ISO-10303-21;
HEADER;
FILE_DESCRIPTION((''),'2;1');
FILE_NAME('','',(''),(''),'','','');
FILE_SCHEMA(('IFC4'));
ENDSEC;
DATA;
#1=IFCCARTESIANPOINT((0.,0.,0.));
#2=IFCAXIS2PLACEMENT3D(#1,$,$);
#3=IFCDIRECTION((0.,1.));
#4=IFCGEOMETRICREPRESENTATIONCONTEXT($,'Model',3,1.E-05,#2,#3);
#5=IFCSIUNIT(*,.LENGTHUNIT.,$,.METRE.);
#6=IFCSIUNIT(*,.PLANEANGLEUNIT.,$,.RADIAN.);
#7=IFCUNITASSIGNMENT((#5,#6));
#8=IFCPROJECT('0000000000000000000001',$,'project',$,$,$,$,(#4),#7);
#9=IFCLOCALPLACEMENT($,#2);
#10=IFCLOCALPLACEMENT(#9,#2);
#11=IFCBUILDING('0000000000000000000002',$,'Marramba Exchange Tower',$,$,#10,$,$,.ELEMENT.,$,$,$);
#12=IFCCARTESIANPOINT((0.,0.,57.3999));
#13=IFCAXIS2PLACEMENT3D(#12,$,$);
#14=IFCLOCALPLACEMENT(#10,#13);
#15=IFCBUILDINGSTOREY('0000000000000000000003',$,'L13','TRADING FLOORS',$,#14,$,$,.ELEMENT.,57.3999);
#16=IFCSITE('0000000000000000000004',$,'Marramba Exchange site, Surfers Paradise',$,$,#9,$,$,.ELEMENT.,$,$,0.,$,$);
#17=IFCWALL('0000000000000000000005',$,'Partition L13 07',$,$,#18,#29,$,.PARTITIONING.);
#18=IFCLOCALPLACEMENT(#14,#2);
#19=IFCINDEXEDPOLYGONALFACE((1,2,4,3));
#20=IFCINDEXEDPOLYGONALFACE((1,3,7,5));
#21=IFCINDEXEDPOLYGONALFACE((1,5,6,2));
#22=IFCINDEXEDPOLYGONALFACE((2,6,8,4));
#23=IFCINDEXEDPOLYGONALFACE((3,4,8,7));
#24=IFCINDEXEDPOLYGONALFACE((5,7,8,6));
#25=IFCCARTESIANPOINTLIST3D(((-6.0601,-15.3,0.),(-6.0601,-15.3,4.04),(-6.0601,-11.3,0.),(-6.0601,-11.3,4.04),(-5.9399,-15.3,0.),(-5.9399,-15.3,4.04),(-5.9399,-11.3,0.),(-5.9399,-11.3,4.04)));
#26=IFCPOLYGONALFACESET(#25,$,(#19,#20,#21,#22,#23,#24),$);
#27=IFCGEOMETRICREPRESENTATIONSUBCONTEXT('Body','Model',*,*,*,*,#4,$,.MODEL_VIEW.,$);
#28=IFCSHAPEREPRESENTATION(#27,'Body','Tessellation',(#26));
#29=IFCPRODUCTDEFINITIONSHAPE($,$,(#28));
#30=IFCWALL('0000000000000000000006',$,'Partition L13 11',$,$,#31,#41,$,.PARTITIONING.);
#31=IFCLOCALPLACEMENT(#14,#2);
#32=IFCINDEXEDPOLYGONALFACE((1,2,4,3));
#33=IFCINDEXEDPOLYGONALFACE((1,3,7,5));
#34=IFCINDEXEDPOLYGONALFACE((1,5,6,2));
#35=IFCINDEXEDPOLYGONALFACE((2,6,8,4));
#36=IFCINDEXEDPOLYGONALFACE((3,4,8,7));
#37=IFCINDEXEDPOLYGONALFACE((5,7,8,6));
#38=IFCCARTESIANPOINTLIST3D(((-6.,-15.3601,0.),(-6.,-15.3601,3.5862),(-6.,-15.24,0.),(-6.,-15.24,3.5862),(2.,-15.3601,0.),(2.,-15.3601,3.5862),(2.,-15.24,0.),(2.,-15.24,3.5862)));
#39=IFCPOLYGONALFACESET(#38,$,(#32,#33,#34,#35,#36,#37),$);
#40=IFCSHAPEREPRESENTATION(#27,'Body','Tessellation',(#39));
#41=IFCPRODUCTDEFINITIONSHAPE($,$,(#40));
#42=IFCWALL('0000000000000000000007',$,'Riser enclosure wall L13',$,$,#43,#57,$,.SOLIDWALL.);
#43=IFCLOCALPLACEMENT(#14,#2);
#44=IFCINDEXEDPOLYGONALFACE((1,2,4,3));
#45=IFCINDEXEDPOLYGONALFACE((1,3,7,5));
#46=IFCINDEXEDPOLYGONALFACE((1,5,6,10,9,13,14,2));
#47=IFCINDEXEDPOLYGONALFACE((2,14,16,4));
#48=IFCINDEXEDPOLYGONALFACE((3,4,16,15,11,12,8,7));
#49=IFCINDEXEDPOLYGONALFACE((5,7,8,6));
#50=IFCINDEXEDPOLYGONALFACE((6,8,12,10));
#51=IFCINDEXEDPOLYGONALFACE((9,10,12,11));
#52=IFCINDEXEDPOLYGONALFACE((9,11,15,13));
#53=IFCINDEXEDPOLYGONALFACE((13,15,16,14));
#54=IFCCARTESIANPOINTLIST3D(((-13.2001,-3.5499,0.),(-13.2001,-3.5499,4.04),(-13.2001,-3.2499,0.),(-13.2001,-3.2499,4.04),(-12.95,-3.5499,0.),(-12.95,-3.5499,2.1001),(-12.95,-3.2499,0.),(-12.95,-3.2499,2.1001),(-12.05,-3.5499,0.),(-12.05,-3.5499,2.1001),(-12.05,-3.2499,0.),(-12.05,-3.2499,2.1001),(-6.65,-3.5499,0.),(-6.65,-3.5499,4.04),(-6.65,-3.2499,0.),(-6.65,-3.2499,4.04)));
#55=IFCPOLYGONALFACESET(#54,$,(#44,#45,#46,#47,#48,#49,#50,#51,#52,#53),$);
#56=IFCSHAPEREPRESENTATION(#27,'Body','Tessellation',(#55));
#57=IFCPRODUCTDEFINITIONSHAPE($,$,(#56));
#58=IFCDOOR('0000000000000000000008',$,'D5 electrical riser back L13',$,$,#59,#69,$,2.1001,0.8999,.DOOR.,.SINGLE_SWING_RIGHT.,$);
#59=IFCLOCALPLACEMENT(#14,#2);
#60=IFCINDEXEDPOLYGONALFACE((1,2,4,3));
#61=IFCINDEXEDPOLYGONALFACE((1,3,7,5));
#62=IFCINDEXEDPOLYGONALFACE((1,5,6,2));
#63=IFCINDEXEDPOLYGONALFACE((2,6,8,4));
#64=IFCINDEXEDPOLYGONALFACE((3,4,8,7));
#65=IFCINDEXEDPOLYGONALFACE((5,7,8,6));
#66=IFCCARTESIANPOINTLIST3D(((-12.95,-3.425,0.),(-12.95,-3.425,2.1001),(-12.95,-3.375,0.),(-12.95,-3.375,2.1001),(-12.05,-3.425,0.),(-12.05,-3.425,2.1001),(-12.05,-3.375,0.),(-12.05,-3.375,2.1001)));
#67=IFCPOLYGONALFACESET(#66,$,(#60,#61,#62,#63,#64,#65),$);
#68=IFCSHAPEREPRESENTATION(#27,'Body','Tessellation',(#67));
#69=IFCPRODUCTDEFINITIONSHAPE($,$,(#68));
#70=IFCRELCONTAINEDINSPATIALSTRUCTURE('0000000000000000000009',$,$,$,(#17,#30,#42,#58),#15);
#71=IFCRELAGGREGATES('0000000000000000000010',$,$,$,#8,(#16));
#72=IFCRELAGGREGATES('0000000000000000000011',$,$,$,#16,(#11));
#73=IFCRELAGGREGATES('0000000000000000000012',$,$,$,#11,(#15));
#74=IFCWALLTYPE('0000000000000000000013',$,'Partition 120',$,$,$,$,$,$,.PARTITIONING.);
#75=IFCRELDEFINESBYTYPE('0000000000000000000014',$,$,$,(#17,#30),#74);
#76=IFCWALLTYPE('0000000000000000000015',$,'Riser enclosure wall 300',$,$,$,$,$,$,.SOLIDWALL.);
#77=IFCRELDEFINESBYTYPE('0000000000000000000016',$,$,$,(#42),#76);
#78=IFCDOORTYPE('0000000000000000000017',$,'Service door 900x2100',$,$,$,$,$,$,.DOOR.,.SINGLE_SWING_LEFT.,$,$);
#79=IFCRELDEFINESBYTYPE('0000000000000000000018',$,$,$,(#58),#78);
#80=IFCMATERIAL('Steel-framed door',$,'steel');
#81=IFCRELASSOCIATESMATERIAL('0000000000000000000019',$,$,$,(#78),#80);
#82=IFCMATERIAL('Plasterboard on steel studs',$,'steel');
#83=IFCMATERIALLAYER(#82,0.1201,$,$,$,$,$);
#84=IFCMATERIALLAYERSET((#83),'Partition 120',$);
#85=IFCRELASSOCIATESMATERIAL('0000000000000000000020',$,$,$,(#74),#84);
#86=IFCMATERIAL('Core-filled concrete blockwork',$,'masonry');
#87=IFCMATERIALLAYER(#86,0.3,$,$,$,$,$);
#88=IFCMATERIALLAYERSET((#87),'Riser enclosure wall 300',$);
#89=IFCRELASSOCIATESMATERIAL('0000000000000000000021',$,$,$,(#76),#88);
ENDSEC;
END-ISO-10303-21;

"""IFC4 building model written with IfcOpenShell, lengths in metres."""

from ifc_helpers import new_model, si_unit, direction, frame, frame_2d, origin, place, context, subcontext, project, spatial, rectangle, extrude, material, layer, layer_set, type_object, element, fill, save


model = new_model("IFC4")

# Units and contexts
model_context = context("Model", 3, precision=1e-05, world=origin(), true_north=direction((0.0, 1.0)))
body_context = subcontext(model_context, "Body", "Model", "MODEL_VIEW")
ifc_project = project(units=[si_unit("LENGTHUNIT", "METRE"), si_unit("PLANEANGLEUNIT", "RADIAN")], contexts=[model_context])

# Site, building, storey
site_placement = place(None, origin())
site = spatial("IfcSite", under=ifc_project, at=site_placement, Name="Marramba Exchange site, Surfers Paradise", CompositionType="ELEMENT", RefElevation=0.0)
building_placement = place(site_placement, origin())
building = spatial("IfcBuilding", under=site, at=building_placement, Name="Marramba Exchange Tower", CompositionType="ELEMENT")
storey_placement = place(building_placement, frame((0.0, 0.0, 57.3999)))
storey = spatial("IfcBuildingStorey", under=building, at=storey_placement, Name="L13", Description="TRADING FLOORS", CompositionType="ELEMENT", Elevation=57.3999)

# Shared definitions
ifc_material_1 = material(Name="Steel-framed door", Category="steel")
door_type_1 = type_object("IfcDoorType", Name="Service door 900x2100", OperationType="SINGLE_SWING_LEFT", PredefinedType="DOOR", material=ifc_material_1)

# Shared definitions
ifc_material_2 = material(Name="Plasterboard on steel studs", Category="steel")
ifc_layer_1 = layer(ifc_material_2, 0.1201)
ifc_layer_set_1 = layer_set([ifc_layer_1], Name="Partition 120")
wall_type_1 = type_object("IfcWallType", Name="Partition 120", PredefinedType="PARTITIONING", material=ifc_layer_set_1)

# Walls
wall_1_placement = place(storey_placement, frame((-6.0, -11.3, 0.0), z_axis=(0.0, 0.0, 1.0), x_axis=(0.0, -1.0, 0.0)))
element("IfcWall", 1, at=wall_1_placement, inside=storey, type_object=wall_type_1, Name="Partition L13 07", PredefinedType="PARTITIONING", context=body_context, shape_type="SweptSolid", body=[
    extrude(rectangle(XDim=4.0, YDim=0.1201, at=frame_2d((2.0, 0.0))), origin(), (0.0, 0.0, 1.0), 4.04),
])
wall_2_placement = place(storey_placement, frame((-6.0, -15.3, 0.0), z_axis=(0.0, 0.0, 1.0), x_axis=(1.0, 0.0, 0.0)))
element("IfcWall", 2, at=wall_2_placement, inside=storey, type_object=wall_type_1, Name="Partition L13 11", PredefinedType="PARTITIONING", context=body_context, shape_type="SweptSolid", body=[
    extrude(rectangle(XDim=8.0, YDim=0.1201, at=frame_2d((4.0, 0.0))), origin(), (0.0, 0.0, 1.0), 3.5862),
])

# Wall, opening, door
ifc_material_3 = material(Name="Core-filled concrete blockwork", Category="masonry")
ifc_layer_2 = layer(ifc_material_3, 0.3)
ifc_layer_set_2 = layer_set([ifc_layer_2], Name="Riser enclosure wall 300")
wall_type_2 = type_object("IfcWallType", Name="Riser enclosure wall 300", PredefinedType="SOLIDWALL", material=ifc_layer_set_2)
wall_3_placement = place(storey_placement, frame((-13.2, -3.3999, 0.0), z_axis=(0.0, 0.0, 1.0), x_axis=(1.0, 0.0, 0.0)))
wall_3 = element("IfcWall", 3, at=wall_3_placement, inside=storey, type_object=wall_type_2, Name="Riser enclosure wall L13", PredefinedType="SOLIDWALL", context=body_context, shape_type="SweptSolid", body=[
    extrude(rectangle(XDim=6.55, YDim=0.3, at=frame_2d((3.2749, 0.0))), origin(), (0.0, 0.0, 1.0), 4.04),
])
opening_1_placement = place(wall_3_placement, frame((0.25, 0.0, 0.0)))
opening_1 = element("IfcOpeningElement", 4, at=opening_1_placement, cuts=wall_3, PredefinedType="OPENING", context=body_context, shape_type="SweptSolid", body=[
    extrude(rectangle(XDim=0.8999, YDim=2.1001, at=frame_2d((0.45, 1.05))), frame((0.0, 0.1599, 0.0), z_axis=(0.0, -1.0, 0.0), x_axis=(1.0, 0.0, 0.0)), (0.0, 0.0, 1.0), 0.3201),
])
door_1_placement = place(opening_1_placement, frame((0.8999, 0.0, 0.0), z_axis=(0.0, 0.0, 1.0), x_axis=(-1.0, 0.0, 0.0)))
door_1 = element("IfcDoor", 5, at=door_1_placement, inside=storey, type_object=door_type_1, Name="D5 electrical riser back L13", OperationType="SINGLE_SWING_RIGHT", OverallHeight=2.1001, OverallWidth=0.8999, PredefinedType="DOOR", context=body_context, shape_type="SweptSolid", body=[
    extrude(rectangle(XDim=0.8999, YDim=2.1001, at=frame_2d((0.45, 1.05))), frame((0.0, 0.0251, 0.0), z_axis=(0.0, -1.0, 0.0), x_axis=(1.0, 0.0, 0.0)), (0.0, 0.0, 1.0), 0.05),
])
fill(opening_1, door_1)

save(model, "model.ifc")
